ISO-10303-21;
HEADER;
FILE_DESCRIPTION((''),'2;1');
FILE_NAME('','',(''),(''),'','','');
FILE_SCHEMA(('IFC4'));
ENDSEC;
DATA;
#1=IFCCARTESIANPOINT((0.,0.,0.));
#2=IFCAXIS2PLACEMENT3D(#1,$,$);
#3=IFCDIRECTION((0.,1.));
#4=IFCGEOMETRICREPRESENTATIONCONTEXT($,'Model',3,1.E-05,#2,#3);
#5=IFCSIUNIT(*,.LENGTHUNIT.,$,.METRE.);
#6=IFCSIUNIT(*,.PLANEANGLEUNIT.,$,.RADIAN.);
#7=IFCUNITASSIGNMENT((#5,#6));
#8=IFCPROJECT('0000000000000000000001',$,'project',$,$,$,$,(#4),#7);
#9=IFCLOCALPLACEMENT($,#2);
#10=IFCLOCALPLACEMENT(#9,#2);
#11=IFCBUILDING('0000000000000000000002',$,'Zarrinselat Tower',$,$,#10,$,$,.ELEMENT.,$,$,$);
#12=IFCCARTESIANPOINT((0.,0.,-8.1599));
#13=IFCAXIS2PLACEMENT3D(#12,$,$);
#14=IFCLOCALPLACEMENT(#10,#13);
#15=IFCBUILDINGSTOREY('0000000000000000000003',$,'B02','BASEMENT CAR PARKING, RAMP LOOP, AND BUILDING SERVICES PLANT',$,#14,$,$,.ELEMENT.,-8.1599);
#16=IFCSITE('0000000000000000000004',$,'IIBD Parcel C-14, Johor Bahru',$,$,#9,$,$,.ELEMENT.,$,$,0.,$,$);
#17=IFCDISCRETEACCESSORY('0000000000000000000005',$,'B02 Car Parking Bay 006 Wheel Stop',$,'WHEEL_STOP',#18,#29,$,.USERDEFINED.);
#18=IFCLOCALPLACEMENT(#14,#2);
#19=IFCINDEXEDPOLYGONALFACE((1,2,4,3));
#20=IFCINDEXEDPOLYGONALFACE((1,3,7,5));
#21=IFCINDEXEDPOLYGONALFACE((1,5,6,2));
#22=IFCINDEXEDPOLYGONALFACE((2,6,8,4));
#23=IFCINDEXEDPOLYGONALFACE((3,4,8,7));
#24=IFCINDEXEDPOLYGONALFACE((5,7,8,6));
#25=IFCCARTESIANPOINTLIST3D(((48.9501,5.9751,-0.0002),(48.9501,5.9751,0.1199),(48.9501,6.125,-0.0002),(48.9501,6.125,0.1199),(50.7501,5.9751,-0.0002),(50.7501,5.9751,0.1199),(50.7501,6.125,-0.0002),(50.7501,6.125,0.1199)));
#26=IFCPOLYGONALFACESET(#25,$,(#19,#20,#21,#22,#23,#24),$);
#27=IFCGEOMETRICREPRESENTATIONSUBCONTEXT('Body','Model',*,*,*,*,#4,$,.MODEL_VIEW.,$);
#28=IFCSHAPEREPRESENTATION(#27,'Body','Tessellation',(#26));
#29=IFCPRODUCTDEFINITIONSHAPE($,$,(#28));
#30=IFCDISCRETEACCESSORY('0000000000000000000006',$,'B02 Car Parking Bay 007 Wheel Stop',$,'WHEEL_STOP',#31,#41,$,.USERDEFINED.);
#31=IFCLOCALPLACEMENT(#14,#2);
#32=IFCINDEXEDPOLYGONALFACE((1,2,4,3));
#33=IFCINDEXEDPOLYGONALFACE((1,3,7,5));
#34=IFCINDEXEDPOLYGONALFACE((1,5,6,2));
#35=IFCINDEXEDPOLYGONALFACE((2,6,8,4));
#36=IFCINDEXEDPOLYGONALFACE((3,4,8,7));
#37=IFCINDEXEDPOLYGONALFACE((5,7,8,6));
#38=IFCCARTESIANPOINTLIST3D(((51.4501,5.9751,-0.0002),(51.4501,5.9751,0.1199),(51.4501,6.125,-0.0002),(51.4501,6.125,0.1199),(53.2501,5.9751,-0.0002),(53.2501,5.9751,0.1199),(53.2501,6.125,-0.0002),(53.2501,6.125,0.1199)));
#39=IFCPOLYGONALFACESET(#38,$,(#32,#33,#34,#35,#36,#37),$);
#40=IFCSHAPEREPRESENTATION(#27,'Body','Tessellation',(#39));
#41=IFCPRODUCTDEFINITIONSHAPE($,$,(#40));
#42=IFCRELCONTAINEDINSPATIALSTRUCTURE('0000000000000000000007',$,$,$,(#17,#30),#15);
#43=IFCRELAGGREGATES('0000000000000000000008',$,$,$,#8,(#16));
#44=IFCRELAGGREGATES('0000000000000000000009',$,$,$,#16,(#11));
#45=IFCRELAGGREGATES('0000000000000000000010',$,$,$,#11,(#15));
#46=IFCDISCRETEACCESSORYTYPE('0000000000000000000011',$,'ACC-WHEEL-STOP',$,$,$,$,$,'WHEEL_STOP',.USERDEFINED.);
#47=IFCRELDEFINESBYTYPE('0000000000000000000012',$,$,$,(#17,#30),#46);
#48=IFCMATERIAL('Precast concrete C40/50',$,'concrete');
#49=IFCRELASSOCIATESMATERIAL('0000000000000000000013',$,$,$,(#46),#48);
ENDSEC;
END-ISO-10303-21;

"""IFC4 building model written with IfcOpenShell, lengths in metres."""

from ifc_helpers import new_model, si_unit, direction, frame, origin, origin_2d, place, context, subcontext, project, spatial, rectangle, extrude, material, type_object, element, save


model = new_model("IFC4")

# Units and contexts
model_context = context("Model", 3, precision=1e-05, world=origin(), true_north=direction((0.0, 1.0)))
body_context = subcontext(model_context, "Body", "Model", "MODEL_VIEW")
ifc_project = project(units=[si_unit("LENGTHUNIT", "METRE"), si_unit("PLANEANGLEUNIT", "RADIAN")], contexts=[model_context])

# Site, building, storey
site_placement = place(None, origin())
site = spatial("IfcSite", under=ifc_project, at=site_placement, Name="IIBD Parcel C-14, Johor Bahru", CompositionType="ELEMENT", RefElevation=0.0)
building_placement = place(site_placement, origin())
building = spatial("IfcBuilding", under=site, at=building_placement, Name="Zarrinselat Tower", CompositionType="ELEMENT")
storey_placement = place(building_placement, frame((0.0, 0.0, -8.1599)))
storey = spatial("IfcBuildingStorey", under=building, at=storey_placement, Name="B02", Description="BASEMENT CAR PARKING, RAMP LOOP, AND BUILDING SERVICES PLANT", CompositionType="ELEMENT", Elevation=-8.1599)

# Discrete accessories
ifc_material_1 = material(Name="Precast concrete C40/50", Category="concrete")
discrete_accessory_type = type_object("IfcDiscreteAccessoryType", Name="ACC-WHEEL-STOP", ElementType="WHEEL_STOP", PredefinedType="USERDEFINED", material=ifc_material_1)
for number, where, z_axis, x_axis, name in (
    (1, (49.8501, 6.05, -0.0002), (0.0, 0.0, 1.0), (1.0, 0.0, 0.0), "B02 Car Parking Bay 006 Wheel Stop"),
    (2, (52.3501, 6.05, -0.0002), (0.0, 0.0, 1.0), (1.0, 0.0, 0.0), "B02 Car Parking Bay 007 Wheel Stop"),
):
    element("IfcDiscreteAccessory", number, at=place(storey_placement, frame(where, z_axis=z_axis, x_axis=x_axis)), inside=storey, type_object=discrete_accessory_type, Name=name, ObjectType="WHEEL_STOP", PredefinedType="USERDEFINED", context=body_context, shape_type="SweptSolid", body=[
        extrude(rectangle(XDim=1.8, YDim=0.1499, at=origin_2d()), origin(), (0.0, 0.0, 1.0), 0.1201),
    ])

save(model, "model.ifc")
